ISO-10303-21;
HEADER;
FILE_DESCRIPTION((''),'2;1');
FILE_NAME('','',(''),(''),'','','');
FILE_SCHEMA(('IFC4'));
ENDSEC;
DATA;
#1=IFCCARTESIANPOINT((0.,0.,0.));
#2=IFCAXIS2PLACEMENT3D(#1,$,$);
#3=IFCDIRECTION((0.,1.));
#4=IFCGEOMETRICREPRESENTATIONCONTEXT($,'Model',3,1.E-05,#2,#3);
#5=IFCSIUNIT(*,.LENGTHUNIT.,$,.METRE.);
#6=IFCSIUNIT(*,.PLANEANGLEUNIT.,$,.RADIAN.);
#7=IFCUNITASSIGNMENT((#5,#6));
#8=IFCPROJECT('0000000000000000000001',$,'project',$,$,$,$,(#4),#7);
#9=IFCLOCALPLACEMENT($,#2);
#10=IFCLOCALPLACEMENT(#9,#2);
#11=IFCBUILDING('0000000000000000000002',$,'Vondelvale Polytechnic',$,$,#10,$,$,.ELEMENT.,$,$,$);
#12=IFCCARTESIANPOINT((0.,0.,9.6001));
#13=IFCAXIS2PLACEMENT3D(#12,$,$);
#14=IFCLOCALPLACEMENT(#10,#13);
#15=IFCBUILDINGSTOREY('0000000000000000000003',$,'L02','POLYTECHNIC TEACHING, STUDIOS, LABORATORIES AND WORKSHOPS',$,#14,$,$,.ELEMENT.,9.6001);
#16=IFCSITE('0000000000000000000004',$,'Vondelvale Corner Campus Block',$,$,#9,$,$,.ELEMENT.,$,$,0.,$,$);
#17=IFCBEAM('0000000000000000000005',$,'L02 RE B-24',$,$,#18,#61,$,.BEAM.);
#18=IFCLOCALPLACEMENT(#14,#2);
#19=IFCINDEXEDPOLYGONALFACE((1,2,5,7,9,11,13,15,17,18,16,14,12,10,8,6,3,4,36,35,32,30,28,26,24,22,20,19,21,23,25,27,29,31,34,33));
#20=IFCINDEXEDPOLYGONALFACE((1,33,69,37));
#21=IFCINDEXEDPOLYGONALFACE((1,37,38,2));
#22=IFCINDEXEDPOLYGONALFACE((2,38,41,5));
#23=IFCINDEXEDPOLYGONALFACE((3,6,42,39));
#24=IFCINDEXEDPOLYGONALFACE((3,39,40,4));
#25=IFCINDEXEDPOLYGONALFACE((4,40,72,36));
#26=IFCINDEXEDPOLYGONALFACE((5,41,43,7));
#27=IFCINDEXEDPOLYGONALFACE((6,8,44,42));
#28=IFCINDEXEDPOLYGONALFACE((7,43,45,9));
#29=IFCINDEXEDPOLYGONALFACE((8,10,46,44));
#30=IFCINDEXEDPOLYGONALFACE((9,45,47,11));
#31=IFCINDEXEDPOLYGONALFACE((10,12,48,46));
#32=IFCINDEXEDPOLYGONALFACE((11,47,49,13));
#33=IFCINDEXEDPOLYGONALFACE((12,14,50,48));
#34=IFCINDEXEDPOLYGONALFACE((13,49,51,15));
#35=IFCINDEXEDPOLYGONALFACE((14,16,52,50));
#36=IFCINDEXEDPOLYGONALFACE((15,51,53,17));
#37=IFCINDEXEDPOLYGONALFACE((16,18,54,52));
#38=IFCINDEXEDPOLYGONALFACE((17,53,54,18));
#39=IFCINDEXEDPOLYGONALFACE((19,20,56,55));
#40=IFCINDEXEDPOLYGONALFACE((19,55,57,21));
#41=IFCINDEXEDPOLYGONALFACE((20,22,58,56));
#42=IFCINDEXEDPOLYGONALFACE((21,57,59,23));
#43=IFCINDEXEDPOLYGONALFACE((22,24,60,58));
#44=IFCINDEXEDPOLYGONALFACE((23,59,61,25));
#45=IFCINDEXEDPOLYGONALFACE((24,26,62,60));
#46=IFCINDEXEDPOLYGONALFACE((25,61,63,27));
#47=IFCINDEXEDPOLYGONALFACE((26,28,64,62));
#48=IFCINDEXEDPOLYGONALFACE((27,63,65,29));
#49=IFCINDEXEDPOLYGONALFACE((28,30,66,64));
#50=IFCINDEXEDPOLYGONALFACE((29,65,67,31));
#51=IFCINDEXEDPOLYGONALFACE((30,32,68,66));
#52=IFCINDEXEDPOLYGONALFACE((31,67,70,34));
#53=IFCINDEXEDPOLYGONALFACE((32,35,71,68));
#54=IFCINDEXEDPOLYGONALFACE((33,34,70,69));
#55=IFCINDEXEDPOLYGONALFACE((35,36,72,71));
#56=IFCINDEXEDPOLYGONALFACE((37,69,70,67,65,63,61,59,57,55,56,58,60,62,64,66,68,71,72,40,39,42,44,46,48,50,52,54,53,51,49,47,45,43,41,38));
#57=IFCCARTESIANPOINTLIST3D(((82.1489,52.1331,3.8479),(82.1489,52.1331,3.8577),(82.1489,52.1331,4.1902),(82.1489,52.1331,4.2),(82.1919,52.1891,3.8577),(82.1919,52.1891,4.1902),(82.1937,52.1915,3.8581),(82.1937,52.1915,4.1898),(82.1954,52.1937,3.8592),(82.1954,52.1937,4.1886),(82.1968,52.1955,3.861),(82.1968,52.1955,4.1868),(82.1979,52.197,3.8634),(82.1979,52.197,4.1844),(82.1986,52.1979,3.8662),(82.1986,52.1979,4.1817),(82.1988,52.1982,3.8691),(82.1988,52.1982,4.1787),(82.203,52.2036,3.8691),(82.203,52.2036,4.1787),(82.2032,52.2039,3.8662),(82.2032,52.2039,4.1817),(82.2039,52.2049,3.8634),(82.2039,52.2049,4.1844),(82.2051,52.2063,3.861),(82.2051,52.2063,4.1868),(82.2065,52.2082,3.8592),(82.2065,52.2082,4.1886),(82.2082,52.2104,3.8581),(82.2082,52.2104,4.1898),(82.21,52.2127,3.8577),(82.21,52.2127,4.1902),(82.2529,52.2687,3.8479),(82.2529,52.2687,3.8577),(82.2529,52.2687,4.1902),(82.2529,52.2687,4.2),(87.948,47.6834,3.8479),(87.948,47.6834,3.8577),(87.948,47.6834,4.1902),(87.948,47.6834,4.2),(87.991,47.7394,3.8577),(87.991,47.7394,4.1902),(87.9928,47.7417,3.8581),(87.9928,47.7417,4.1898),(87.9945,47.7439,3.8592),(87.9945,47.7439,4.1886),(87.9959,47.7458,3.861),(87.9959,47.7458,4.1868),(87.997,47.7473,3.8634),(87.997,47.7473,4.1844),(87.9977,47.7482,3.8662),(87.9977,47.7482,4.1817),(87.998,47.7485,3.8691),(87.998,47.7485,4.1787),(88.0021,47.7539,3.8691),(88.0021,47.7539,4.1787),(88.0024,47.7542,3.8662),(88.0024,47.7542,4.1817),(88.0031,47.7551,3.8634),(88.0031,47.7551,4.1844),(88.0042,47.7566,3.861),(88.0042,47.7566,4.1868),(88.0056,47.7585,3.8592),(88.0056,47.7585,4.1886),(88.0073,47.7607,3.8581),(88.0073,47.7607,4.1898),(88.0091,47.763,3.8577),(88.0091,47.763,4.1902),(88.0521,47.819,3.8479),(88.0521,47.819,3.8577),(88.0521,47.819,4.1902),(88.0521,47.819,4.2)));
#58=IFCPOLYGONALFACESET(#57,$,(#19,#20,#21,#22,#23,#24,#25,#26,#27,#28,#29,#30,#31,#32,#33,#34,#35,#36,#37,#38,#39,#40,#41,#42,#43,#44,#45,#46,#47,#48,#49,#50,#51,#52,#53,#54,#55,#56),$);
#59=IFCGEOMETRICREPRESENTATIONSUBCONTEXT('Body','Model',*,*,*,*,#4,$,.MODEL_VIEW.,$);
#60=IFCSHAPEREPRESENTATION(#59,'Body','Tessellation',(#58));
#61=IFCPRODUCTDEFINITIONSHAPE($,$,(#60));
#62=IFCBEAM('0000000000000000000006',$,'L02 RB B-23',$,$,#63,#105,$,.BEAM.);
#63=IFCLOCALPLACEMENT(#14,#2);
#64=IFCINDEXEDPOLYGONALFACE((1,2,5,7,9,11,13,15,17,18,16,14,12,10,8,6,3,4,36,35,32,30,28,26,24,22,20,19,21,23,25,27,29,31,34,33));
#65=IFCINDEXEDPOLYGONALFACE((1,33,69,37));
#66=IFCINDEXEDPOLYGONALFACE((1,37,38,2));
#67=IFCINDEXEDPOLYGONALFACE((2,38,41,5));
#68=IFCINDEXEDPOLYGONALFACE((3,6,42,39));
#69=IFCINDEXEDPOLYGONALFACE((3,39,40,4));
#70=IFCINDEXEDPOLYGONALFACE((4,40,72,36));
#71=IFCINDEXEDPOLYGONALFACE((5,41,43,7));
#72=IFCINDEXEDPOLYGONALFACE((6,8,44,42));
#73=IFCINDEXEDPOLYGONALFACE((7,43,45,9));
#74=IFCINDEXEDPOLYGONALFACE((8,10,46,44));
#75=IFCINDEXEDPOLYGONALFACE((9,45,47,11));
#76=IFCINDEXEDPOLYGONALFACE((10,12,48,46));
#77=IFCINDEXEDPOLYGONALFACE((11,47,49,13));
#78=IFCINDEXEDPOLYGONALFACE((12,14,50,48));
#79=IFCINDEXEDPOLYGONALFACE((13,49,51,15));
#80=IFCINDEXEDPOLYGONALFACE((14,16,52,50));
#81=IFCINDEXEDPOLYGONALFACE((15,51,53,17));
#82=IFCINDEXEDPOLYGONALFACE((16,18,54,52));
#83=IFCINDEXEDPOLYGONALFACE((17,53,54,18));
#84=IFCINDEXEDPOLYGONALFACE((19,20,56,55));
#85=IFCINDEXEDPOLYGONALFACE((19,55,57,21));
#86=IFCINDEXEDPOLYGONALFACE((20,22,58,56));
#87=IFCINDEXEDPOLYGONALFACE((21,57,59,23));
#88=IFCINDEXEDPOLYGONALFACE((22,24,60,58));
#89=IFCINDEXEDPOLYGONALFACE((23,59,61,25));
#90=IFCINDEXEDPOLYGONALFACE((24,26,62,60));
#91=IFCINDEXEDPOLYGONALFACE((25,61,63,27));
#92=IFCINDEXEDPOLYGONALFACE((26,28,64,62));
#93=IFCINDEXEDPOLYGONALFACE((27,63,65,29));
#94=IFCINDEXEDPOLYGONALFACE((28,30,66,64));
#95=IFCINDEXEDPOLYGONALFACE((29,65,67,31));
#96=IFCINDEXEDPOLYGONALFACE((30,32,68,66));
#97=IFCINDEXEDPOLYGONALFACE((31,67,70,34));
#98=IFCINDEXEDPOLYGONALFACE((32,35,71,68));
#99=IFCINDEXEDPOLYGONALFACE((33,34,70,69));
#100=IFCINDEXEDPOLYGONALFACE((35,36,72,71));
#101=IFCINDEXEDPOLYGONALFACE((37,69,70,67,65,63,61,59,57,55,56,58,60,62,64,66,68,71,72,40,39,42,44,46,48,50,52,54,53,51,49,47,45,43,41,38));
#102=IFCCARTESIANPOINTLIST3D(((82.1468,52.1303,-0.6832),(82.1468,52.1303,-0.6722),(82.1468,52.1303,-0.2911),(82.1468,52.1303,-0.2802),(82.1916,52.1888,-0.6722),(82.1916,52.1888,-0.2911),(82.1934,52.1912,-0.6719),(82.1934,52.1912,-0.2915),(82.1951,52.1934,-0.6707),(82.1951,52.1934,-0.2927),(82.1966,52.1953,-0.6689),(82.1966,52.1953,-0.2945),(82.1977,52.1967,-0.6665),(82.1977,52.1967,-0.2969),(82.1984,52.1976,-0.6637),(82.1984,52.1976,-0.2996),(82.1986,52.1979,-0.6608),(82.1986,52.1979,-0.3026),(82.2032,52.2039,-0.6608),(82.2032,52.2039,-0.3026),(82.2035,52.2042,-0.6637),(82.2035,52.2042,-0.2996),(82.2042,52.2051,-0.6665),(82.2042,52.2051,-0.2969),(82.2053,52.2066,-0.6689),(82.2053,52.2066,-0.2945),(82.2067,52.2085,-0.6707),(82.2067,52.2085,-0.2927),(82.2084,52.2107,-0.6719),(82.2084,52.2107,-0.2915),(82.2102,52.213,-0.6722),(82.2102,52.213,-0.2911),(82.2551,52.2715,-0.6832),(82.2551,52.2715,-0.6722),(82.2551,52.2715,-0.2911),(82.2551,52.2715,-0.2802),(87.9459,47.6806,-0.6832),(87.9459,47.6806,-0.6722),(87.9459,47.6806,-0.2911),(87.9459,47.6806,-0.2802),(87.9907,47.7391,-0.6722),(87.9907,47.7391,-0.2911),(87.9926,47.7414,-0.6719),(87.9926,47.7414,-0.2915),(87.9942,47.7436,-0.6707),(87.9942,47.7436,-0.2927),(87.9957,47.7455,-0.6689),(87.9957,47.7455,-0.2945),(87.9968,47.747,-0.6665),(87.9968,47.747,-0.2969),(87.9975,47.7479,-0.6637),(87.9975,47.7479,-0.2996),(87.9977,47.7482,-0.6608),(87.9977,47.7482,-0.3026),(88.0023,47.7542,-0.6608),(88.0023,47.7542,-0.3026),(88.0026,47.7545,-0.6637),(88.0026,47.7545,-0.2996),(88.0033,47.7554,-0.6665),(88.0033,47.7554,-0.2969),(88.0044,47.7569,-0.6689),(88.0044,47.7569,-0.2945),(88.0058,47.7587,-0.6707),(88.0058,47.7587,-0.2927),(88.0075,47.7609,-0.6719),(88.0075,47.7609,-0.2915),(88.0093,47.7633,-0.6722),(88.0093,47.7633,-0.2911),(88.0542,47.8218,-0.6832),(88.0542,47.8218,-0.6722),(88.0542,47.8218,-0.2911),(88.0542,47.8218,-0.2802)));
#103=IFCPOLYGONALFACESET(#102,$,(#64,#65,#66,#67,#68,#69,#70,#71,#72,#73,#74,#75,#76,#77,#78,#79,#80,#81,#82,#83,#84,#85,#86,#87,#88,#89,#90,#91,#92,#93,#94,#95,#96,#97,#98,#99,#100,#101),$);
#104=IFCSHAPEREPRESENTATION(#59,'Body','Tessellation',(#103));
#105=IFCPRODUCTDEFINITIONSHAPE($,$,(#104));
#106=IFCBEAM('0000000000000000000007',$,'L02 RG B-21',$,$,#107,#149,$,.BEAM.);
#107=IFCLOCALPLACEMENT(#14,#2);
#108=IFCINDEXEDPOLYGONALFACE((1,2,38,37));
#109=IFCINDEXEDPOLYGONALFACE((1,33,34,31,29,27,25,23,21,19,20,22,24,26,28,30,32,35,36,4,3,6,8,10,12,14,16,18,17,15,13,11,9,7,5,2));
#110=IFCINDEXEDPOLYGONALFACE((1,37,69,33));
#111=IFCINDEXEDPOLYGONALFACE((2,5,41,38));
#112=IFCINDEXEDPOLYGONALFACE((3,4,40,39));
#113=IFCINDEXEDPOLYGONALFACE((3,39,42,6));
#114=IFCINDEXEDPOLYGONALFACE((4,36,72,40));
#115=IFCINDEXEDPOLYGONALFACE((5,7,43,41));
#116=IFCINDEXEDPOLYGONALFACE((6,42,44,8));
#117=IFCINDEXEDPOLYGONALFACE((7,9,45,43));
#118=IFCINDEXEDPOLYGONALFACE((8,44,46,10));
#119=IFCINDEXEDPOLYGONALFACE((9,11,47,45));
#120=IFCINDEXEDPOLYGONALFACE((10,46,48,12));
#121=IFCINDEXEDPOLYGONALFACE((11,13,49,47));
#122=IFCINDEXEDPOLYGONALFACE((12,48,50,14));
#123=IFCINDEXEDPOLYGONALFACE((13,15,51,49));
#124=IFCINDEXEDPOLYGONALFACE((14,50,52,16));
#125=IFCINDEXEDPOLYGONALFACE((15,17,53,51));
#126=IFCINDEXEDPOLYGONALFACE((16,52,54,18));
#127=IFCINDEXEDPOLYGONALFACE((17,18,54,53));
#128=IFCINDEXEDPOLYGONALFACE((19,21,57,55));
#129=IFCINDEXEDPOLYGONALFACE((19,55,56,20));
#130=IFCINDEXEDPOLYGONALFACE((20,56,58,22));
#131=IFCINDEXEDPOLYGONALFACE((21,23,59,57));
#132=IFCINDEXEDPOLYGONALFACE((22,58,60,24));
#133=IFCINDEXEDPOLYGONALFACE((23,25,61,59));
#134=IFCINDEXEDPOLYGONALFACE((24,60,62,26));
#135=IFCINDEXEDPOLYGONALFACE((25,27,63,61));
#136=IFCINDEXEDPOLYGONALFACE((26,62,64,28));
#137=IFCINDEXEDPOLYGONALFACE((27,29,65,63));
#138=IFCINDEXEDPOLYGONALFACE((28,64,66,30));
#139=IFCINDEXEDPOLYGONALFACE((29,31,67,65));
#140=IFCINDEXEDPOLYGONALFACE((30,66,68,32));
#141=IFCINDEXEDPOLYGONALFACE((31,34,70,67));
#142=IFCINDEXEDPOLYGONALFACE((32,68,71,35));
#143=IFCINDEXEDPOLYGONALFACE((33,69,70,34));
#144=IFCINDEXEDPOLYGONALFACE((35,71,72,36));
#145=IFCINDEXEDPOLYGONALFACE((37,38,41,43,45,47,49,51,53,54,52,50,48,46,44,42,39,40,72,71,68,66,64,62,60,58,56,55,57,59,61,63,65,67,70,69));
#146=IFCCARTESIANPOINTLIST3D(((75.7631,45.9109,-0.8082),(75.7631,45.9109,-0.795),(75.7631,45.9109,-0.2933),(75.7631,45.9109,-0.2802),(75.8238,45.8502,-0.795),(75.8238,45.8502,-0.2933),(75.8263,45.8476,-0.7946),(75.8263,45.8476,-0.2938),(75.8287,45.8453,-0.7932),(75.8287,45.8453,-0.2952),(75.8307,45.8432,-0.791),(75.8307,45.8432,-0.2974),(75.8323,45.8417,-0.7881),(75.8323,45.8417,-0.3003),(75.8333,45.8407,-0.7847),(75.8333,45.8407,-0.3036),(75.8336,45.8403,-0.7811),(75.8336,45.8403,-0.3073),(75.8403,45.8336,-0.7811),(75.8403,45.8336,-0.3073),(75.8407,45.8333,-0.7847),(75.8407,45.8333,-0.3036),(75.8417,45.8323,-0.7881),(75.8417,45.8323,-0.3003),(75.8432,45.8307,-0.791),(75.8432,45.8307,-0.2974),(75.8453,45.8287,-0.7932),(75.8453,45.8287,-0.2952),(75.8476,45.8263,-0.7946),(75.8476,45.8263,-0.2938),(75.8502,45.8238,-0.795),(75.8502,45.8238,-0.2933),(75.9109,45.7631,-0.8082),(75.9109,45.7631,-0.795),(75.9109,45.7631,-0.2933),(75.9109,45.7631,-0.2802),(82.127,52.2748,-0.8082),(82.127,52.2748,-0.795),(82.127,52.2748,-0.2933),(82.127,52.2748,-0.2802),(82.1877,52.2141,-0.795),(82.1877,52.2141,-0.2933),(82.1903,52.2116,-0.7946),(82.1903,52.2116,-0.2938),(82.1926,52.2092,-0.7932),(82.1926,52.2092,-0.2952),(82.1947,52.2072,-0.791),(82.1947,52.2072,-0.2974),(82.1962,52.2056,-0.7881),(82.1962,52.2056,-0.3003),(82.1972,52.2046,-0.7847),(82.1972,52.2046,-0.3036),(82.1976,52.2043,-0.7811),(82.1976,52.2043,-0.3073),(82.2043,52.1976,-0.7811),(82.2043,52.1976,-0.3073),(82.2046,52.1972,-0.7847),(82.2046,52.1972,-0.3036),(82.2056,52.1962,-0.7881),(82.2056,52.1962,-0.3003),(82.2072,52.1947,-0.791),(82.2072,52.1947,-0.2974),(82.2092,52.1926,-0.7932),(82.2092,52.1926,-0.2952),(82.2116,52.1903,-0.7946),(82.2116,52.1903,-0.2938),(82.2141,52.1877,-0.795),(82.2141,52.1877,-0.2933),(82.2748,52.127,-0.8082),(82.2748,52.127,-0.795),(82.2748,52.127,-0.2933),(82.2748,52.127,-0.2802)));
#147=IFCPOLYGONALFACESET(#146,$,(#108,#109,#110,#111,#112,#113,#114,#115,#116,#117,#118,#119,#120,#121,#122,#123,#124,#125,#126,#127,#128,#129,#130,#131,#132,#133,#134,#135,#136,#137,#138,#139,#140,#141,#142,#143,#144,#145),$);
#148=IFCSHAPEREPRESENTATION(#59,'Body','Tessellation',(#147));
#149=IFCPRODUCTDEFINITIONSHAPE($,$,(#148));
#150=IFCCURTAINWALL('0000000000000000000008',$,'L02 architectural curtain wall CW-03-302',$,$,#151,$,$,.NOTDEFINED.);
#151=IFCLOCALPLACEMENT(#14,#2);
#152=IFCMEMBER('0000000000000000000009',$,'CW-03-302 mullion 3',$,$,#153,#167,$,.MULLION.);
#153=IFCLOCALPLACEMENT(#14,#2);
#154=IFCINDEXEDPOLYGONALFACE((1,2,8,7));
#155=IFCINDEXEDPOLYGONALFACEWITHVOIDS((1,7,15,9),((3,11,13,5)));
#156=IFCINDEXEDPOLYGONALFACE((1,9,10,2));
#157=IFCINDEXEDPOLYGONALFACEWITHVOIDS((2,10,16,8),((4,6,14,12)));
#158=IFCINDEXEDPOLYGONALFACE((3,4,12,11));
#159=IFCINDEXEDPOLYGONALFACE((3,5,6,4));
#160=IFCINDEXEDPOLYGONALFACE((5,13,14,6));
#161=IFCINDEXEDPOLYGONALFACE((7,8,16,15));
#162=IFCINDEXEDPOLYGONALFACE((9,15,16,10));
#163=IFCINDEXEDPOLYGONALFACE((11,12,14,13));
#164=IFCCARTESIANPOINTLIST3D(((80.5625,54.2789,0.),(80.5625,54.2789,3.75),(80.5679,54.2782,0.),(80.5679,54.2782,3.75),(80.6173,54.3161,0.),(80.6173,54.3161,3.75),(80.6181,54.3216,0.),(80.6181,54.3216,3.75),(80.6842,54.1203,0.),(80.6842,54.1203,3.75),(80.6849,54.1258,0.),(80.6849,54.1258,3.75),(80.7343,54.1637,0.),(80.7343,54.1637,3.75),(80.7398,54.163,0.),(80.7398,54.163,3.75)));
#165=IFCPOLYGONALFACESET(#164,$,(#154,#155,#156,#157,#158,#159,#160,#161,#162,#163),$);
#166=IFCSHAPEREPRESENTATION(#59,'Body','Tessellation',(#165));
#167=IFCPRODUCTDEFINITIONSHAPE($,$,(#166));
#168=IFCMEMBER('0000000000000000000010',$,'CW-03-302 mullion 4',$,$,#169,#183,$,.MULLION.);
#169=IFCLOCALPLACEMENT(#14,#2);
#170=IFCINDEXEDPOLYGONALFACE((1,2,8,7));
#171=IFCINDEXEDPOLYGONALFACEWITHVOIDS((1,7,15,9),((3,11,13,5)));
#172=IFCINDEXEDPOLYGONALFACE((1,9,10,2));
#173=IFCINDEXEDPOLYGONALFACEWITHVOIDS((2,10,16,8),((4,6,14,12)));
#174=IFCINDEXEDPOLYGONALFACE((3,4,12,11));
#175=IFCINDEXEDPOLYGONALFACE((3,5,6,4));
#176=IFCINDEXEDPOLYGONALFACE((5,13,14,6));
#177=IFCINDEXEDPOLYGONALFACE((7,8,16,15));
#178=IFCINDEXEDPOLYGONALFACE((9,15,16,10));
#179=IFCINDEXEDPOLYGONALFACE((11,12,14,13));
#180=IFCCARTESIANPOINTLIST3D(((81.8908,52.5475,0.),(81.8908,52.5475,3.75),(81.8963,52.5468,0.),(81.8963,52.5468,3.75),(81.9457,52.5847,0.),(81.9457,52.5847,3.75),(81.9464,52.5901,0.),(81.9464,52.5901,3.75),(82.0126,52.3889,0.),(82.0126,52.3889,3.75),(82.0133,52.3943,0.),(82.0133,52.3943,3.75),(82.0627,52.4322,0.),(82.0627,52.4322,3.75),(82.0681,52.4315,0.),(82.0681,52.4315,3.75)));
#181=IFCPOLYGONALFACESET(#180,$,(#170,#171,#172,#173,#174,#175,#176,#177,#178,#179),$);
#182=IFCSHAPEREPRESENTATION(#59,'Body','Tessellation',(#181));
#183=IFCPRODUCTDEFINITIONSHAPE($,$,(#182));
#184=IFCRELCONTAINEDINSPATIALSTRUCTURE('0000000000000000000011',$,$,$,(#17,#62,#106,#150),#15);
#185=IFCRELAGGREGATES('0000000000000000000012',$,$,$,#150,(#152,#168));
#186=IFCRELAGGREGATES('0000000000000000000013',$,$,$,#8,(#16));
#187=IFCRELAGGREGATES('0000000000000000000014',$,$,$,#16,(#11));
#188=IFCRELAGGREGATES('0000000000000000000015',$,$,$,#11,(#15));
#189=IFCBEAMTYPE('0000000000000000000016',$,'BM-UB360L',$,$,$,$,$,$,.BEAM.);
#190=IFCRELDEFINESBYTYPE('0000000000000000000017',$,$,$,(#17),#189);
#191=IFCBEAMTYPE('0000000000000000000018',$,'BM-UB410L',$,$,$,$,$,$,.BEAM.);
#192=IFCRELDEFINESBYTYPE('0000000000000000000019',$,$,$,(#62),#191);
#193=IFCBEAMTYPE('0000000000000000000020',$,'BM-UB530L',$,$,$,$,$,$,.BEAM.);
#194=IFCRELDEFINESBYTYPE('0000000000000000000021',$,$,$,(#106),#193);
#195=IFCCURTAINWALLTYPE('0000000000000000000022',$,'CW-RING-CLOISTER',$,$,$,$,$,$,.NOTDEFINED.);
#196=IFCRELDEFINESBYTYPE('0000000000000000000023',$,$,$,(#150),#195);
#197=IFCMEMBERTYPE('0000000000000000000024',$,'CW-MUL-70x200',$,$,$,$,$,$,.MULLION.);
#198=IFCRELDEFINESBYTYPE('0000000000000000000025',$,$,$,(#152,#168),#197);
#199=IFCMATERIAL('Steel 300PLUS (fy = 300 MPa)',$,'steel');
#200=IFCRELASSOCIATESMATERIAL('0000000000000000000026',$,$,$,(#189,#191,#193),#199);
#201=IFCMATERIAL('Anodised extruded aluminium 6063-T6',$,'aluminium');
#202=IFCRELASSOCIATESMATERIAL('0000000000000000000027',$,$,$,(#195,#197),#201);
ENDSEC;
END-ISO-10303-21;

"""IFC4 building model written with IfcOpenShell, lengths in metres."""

from ifc_helpers import new_model, si_unit, direction, frame, origin, origin_2d, place, context, subcontext, project, spatial, hollow_rectangle, i_section, extrude, material, material_profile, profile_set, type_object, element, aggregate, save


model = new_model("IFC4")

# Units and contexts
model_context = context("Model", 3, precision=1e-05, world=origin(), true_north=direction((0.0, 1.0)))
body_context = subcontext(model_context, "Body", "Model", "MODEL_VIEW")
ifc_project = project(units=[si_unit("LENGTHUNIT", "METRE"), si_unit("PLANEANGLEUNIT", "RADIAN")], contexts=[model_context])

# Site, building, storey
site_placement = place(None, origin())
site = spatial("IfcSite", under=ifc_project, at=site_placement, Name="Vondelvale Corner Campus Block", CompositionType="ELEMENT", RefElevation=0.0)
building_placement = place(site_placement, origin())
building = spatial("IfcBuilding", under=site, at=building_placement, Name="Vondelvale Polytechnic", CompositionType="ELEMENT")
storey_placement = place(building_placement, frame((0.0, 0.0, 9.6001)))
storey = spatial("IfcBuildingStorey", under=building, at=storey_placement, Name="L02", Description="POLYTECHNIC TEACHING, STUDIOS, LABORATORIES AND WORKSHOPS", CompositionType="ELEMENT", Elevation=9.6001)

# Beams
ifc_material_1 = material(Name="Steel 300PLUS (fy = 300 MPa)", Category="steel")
ifc_material_profile_1 = material_profile(ifc_material_1, i_section(OverallWidth=0.1709, OverallDepth=0.3521, WebThickness=0.0068, FlangeThickness=0.0098, FilletRadius=0.0115, at=origin_2d()), Name="360UB44.7")
ifc_profile_set_1 = profile_set([ifc_material_profile_1], Name="Steel 300PLUS (fy = 300 MPa)")
beam_type_1 = type_object("IfcBeamType", Name="BM-UB360L", PredefinedType="BEAM", material=ifc_profile_set_1)
beam_1_placement = place(storey_placement, frame((82.2009, 52.2009, 4.0239), z_axis=(0.793358, -0.608755, 0.0), x_axis=(0.608755, 0.793358, 0.0)))
element("IfcBeam", 1, at=beam_1_placement, inside=storey, type_object=beam_type_1, Name="L02 RE B-24", PredefinedType="BEAM", context=body_context, shape_type="SweptSolid", body=[
    extrude(i_section(OverallWidth=0.1709, OverallDepth=0.3521, WebThickness=0.0068, FlangeThickness=0.0098, FilletRadius=0.0115, at=origin_2d()), origin(), (0.0, 0.0, 1.0), 7.3096),
])
ifc_material_profile_2 = material_profile(ifc_material_1, i_section(OverallWidth=0.178, OverallDepth=0.4031, WebThickness=0.0076, FlangeThickness=0.011, FilletRadius=0.0115, at=origin_2d()), Name="410UB53.7")
ifc_profile_set_2 = profile_set([ifc_material_profile_2], Name="Steel 300PLUS (fy = 300 MPa)")
beam_type_2 = type_object("IfcBeamType", Name="BM-UB410L", PredefinedType="BEAM", material=ifc_profile_set_2)
beam_2_placement = place(storey_placement, frame((82.2009, 52.2009, -0.4817), z_axis=(0.793358, -0.608755, 0.0), x_axis=(0.608755, 0.793358, 0.0)))
element("IfcBeam", 2, at=beam_2_placement, inside=storey, type_object=beam_type_2, Name="L02 RB B-23", PredefinedType="BEAM", context=body_context, shape_type="SweptSolid", body=[
    extrude(i_section(OverallWidth=0.178, OverallDepth=0.4031, WebThickness=0.0076, FlangeThickness=0.011, FilletRadius=0.0115, at=origin_2d()), origin(), (0.0, 0.0, 1.0), 7.3096),
])
ifc_material_profile_3 = material_profile(ifc_material_1, i_section(OverallWidth=0.209, OverallDepth=0.5281, WebThickness=0.0095, FlangeThickness=0.0132, FilletRadius=0.0139, at=origin_2d()), Name="530UB82.0")
ifc_profile_set_3 = profile_set([ifc_material_profile_3], Name="Steel 300PLUS (fy = 300 MPa)")
beam_type_3 = type_object("IfcBeamType", Name="BM-UB530L", PredefinedType="BEAM", material=ifc_profile_set_3)
beam_3_placement = place(storey_placement, frame((82.2009, 52.2009, -0.5442), z_axis=(-0.707107, -0.707107, 0.0), x_axis=(0.707107, -0.707107, 0.0)))
element("IfcBeam", 3, at=beam_3_placement, inside=storey, type_object=beam_type_3, Name="L02 RG B-21", PredefinedType="BEAM", context=body_context, shape_type="SweptSolid", body=[
    extrude(i_section(OverallWidth=0.209, OverallDepth=0.5281, WebThickness=0.0095, FlangeThickness=0.0132, FilletRadius=0.0139, at=origin_2d()), origin(), (0.0, 0.0, 1.0), 9.0),
])

# Curtain wall, members
ifc_material_2 = material(Name="Anodised extruded aluminium 6063-T6", Category="aluminium")
curtain_wall_type = type_object("IfcCurtainWallType", Name="CW-RING-CLOISTER", PredefinedType="NOTDEFINED", material=ifc_material_2)
curtain_wall_1_placement = place(storey_placement, origin())
curtain_wall_1 = element("IfcCurtainWall", 4, at=curtain_wall_1_placement, inside=storey, type_object=curtain_wall_type, Name="L02 architectural curtain wall CW-03-302", PredefinedType="NOTDEFINED")
ifc_material_profile_4 = material_profile(ifc_material_2, hollow_rectangle(XDim=0.0701, YDim=0.2, WallThickness=0.0039, at=origin_2d()), Name="CW-MUL-200x70")
ifc_profile_set_4 = profile_set([ifc_material_profile_4], Name="Anodised extruded aluminium 6063-T6")
member_type_1 = type_object("IfcMemberType", Name="CW-MUL-70x200", PredefinedType="MULLION", material=ifc_profile_set_4)
member_1_placement = place(storey_placement, frame((80.6511, 54.2209, 0.0), z_axis=(0.0, 0.0, 1.0), x_axis=(0.793364, 0.608748, 0.0)))
member_1 = element("IfcMember", 5, at=member_1_placement, type_object=member_type_1, Name="CW-03-302 mullion 3", PredefinedType="MULLION", context=body_context, shape_type="SweptSolid", body=[
    extrude(hollow_rectangle(XDim=0.0701, YDim=0.2, WallThickness=0.0039, at=origin_2d()), origin(), (0.0, 0.0, 1.0), 3.75),
])
member_2_placement = place(storey_placement, frame((81.9795, 52.4895, 0.0), z_axis=(0.0, 0.0, 1.0), x_axis=(0.793364, 0.608748, 0.0)))
member_2 = element("IfcMember", 6, at=member_2_placement, type_object=member_type_1, Name="CW-03-302 mullion 4", PredefinedType="MULLION", context=body_context, shape_type="SweptSolid", body=[
    extrude(hollow_rectangle(XDim=0.0701, YDim=0.2, WallThickness=0.0039, at=origin_2d()), origin(), (0.0, 0.0, 1.0), 3.75),
])

aggregate(curtain_wall_1, [member_1, member_2])

save(model, "model.ifc")
